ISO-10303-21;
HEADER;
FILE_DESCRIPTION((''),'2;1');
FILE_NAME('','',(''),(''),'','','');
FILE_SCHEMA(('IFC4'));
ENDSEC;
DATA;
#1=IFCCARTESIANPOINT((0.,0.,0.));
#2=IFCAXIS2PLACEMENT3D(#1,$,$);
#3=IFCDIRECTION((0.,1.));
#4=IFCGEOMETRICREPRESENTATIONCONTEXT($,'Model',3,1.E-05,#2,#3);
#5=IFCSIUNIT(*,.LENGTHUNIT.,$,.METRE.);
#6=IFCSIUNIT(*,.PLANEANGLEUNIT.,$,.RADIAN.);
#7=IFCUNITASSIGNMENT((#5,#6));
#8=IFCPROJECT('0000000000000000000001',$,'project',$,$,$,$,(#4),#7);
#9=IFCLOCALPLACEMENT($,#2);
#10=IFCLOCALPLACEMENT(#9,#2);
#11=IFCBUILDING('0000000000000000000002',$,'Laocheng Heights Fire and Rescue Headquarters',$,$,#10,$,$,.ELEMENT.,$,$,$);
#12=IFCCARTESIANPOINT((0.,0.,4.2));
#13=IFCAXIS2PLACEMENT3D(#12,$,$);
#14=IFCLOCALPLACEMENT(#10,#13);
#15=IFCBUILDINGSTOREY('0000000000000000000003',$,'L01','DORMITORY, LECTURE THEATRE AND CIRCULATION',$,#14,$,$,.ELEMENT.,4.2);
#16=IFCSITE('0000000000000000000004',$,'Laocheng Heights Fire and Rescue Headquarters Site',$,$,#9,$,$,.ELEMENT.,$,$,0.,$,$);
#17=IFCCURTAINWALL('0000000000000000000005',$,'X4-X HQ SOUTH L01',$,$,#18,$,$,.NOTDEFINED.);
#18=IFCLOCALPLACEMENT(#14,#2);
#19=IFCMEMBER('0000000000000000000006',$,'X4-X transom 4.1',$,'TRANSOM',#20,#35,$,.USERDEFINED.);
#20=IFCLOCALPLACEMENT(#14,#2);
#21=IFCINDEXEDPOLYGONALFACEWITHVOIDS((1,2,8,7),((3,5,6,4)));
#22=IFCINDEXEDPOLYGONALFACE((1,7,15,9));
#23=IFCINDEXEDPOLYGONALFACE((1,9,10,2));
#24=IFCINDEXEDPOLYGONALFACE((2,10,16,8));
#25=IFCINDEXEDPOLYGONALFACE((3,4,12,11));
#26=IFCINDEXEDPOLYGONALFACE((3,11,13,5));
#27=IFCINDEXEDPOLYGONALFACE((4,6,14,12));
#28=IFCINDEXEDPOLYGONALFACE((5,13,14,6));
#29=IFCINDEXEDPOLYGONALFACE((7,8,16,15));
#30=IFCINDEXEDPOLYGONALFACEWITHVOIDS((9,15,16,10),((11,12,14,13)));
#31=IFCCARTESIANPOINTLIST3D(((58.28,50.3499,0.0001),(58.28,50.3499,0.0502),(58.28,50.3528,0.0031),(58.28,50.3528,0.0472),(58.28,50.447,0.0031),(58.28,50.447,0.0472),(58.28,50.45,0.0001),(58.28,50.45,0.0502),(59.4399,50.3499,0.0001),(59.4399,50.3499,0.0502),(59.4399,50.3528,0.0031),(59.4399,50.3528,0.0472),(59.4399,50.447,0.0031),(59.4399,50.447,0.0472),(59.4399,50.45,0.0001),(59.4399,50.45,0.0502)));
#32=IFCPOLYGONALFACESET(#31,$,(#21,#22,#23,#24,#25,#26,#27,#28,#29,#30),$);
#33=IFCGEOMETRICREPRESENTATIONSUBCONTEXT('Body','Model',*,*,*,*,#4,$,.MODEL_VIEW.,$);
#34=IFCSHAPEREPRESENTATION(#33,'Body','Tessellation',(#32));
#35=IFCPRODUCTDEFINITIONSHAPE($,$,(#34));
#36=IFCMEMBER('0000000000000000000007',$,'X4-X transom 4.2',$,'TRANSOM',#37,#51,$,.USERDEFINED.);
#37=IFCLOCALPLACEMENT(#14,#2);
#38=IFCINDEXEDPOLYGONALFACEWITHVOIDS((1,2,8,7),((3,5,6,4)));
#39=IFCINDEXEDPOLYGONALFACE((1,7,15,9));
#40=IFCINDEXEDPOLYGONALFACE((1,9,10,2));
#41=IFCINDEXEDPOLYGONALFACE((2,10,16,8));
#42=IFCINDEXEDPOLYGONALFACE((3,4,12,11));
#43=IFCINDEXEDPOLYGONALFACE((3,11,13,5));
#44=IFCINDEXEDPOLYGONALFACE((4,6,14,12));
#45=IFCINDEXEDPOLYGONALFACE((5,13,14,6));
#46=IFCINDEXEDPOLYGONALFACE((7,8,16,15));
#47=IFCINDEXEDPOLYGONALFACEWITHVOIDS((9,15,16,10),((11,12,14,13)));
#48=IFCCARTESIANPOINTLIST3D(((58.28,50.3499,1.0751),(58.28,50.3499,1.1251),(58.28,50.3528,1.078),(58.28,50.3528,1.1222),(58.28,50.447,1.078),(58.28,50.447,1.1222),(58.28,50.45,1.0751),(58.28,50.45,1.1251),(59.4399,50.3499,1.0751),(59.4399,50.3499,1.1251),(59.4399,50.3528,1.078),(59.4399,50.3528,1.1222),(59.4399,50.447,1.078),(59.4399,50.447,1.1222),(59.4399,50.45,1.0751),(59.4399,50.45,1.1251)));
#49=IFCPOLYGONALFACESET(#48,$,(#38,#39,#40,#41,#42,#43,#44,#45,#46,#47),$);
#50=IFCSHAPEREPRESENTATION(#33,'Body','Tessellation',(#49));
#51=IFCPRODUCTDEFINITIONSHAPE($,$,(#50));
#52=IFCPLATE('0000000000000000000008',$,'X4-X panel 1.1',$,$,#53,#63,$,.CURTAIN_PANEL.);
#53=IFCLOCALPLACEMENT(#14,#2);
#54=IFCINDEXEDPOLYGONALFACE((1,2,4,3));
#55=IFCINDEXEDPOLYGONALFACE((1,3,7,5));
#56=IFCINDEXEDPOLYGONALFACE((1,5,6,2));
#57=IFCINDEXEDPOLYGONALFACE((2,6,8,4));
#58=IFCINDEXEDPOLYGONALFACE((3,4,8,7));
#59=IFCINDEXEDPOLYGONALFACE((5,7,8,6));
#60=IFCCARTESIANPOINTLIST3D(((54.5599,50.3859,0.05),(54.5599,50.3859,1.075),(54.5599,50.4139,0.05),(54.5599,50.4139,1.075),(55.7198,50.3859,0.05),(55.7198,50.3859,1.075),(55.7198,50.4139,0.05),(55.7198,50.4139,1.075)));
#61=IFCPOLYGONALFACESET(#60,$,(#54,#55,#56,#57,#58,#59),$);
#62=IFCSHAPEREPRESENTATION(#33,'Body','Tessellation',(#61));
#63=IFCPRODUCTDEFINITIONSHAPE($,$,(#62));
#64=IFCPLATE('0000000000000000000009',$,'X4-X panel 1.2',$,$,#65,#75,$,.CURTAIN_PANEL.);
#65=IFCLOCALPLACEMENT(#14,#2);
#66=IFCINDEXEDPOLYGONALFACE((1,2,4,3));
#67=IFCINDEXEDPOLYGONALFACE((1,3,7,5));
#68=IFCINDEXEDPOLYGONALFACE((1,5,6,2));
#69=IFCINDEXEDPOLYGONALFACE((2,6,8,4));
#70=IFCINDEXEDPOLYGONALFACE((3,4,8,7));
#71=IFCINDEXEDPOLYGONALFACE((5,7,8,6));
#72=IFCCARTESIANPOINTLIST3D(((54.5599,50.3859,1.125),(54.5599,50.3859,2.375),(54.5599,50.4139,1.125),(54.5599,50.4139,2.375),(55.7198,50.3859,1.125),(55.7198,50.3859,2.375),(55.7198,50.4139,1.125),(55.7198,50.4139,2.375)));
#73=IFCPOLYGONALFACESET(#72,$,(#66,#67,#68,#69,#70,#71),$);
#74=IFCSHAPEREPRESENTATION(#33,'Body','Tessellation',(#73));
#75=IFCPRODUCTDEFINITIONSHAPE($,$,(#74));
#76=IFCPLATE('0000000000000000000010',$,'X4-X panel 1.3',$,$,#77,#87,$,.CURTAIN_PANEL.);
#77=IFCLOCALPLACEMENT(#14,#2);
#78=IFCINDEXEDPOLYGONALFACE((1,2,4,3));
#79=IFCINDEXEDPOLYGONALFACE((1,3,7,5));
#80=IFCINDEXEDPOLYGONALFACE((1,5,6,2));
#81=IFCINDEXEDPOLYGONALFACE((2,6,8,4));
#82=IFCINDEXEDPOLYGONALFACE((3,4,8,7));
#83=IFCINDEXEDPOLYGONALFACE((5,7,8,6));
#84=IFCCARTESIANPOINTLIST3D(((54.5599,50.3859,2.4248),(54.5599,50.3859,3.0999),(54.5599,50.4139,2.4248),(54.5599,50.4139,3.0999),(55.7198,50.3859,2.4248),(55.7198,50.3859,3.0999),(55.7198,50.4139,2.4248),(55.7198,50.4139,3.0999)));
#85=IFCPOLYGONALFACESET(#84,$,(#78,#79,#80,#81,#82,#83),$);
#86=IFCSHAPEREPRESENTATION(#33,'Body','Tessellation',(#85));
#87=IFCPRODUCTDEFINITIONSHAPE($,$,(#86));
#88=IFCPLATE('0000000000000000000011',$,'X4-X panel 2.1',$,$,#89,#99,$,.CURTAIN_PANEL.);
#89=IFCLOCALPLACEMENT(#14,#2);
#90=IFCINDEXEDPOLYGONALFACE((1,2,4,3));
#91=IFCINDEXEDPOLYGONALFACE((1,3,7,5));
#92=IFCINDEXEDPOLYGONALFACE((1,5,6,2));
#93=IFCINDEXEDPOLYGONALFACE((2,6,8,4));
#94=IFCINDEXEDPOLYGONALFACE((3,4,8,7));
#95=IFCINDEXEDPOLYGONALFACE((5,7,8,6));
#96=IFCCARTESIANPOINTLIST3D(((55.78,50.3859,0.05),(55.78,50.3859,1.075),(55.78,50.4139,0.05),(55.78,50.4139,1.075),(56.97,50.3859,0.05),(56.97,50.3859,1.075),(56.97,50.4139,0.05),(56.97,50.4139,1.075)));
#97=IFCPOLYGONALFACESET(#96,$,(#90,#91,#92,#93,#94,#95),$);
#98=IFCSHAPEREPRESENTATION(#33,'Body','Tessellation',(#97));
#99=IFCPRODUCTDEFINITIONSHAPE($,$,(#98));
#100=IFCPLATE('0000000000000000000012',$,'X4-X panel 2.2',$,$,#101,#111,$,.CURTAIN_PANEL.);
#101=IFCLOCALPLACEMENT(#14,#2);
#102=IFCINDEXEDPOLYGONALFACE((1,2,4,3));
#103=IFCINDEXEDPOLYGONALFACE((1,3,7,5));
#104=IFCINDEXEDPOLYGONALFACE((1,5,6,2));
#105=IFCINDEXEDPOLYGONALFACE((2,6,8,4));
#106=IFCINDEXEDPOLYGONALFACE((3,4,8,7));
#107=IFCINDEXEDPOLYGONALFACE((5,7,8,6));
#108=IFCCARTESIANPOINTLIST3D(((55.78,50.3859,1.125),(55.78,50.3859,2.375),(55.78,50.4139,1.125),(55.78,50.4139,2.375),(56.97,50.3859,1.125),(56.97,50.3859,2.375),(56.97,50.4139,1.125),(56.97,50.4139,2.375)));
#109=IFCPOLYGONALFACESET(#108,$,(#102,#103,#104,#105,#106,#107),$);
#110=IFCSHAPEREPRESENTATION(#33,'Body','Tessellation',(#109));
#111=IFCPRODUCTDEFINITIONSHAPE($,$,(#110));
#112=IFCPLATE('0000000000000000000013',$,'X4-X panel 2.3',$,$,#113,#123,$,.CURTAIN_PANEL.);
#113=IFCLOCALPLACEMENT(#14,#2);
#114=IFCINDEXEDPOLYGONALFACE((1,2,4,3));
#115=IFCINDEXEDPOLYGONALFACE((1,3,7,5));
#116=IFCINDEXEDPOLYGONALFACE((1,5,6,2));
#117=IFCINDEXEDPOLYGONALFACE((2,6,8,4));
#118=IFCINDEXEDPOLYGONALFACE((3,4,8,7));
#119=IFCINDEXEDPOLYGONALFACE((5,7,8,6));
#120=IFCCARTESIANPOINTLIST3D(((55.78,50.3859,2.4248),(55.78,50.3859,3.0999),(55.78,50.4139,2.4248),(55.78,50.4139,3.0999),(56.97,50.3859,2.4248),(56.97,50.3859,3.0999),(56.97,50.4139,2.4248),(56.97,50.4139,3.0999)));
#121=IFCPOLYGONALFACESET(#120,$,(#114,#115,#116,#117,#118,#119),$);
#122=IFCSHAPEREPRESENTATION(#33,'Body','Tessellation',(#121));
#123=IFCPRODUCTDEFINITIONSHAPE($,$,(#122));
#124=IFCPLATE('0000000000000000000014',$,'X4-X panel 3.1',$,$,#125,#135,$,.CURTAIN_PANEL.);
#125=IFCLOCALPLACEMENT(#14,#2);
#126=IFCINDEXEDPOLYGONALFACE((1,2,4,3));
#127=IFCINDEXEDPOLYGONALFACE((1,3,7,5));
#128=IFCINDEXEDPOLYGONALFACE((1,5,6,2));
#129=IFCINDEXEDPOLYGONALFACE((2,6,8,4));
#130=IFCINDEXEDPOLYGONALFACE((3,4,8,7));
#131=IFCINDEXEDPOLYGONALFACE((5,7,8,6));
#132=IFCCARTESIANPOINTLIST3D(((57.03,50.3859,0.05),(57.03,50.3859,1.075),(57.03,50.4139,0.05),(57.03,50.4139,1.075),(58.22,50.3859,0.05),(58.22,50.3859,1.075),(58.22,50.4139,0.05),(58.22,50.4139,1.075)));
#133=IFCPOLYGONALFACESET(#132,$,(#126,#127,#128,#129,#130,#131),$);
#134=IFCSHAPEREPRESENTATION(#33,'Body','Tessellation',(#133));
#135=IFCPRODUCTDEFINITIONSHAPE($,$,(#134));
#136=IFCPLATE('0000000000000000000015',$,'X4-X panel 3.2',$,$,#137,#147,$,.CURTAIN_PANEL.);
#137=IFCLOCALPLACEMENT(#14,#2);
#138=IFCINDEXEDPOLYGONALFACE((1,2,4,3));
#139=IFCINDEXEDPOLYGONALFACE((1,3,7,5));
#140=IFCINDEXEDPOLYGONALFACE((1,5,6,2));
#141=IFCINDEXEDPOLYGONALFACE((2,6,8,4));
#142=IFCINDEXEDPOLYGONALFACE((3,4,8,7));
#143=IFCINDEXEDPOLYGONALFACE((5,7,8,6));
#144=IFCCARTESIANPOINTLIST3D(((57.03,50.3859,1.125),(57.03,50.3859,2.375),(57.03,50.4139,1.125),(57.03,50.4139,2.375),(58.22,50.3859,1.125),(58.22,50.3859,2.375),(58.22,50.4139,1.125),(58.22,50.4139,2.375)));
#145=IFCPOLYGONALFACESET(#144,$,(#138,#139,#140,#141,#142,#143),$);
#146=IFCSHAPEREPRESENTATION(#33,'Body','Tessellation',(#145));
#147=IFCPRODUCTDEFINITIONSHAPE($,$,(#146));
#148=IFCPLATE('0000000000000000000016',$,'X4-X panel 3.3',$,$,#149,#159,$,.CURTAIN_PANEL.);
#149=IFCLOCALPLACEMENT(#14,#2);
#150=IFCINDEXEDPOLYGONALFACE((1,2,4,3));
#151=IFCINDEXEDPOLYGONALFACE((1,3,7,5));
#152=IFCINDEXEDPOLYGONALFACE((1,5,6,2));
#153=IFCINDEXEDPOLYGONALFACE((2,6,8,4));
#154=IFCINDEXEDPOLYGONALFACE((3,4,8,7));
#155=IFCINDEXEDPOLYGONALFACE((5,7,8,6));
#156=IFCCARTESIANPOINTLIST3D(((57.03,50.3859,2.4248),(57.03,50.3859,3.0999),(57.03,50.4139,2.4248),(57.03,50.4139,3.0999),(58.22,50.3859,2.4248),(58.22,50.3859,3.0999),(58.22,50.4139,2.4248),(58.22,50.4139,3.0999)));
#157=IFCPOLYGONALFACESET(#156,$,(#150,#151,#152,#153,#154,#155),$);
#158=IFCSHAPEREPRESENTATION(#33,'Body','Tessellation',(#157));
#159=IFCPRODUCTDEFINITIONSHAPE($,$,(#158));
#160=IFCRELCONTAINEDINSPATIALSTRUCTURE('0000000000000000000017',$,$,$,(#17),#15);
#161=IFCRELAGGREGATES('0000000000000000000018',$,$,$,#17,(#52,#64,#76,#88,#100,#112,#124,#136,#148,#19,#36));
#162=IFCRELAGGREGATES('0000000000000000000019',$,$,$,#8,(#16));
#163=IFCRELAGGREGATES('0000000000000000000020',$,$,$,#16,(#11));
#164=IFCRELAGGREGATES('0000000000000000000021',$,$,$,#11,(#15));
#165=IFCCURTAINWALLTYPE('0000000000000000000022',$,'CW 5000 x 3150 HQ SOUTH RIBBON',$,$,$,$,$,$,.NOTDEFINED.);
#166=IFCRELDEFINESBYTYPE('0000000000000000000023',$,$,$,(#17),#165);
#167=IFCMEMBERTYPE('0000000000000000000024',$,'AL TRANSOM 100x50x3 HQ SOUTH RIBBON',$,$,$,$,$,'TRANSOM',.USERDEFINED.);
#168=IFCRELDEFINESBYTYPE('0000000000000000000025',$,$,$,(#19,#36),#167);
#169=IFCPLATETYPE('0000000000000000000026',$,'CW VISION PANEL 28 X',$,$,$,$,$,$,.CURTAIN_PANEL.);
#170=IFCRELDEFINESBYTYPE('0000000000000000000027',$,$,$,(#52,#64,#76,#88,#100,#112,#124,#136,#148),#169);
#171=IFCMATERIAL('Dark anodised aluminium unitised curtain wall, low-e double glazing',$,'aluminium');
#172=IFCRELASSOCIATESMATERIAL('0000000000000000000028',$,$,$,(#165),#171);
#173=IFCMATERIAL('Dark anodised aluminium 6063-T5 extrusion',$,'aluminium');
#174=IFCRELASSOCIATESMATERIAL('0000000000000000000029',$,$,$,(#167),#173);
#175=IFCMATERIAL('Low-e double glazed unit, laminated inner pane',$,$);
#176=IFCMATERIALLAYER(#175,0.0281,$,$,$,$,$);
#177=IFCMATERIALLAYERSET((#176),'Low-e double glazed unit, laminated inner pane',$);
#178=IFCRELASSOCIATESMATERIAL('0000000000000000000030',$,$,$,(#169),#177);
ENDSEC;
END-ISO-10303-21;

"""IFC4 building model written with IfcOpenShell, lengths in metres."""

from ifc_helpers import new_model, si_unit, direction, frame, origin, origin_2d, place, context, subcontext, project, spatial, rectangle, hollow_rectangle, extrude, material, layer, layer_set, material_profile, profile_set, type_object, element, aggregate, save


model = new_model("IFC4")

# Units and contexts
model_context = context("Model", 3, precision=1e-05, world=origin(), true_north=direction((0.0, 1.0)))
body_context = subcontext(model_context, "Body", "Model", "MODEL_VIEW")
ifc_project = project(units=[si_unit("LENGTHUNIT", "METRE"), si_unit("PLANEANGLEUNIT", "RADIAN")], contexts=[model_context])

# Site, building, storey
site_placement = place(None, origin())
site = spatial("IfcSite", under=ifc_project, at=site_placement, Name="Laocheng Heights Fire and Rescue Headquarters Site", CompositionType="ELEMENT", RefElevation=0.0)
building_placement = place(site_placement, origin())
building = spatial("IfcBuilding", under=site, at=building_placement, Name="Laocheng Heights Fire and Rescue Headquarters", CompositionType="ELEMENT")
storey_placement = place(building_placement, frame((0.0, 0.0, 4.2)))
storey = spatial("IfcBuildingStorey", under=building, at=storey_placement, Name="L01", Description="DORMITORY, LECTURE THEATRE AND CIRCULATION", CompositionType="ELEMENT", Elevation=4.2)

# Curtain wall, members, plates
ifc_material_1 = material(Name="Dark anodised aluminium unitised curtain wall, low-e double glazing", Category="aluminium")
curtain_wall_type = type_object("IfcCurtainWallType", Name="CW 5000 x 3150 HQ SOUTH RIBBON", PredefinedType="NOTDEFINED", material=ifc_material_1)
curtain_wall_placement = place(storey_placement, origin())
curtain_wall = element("IfcCurtainWall", 1, at=curtain_wall_placement, inside=storey, type_object=curtain_wall_type, Name="X4-X HQ SOUTH L01", PredefinedType="NOTDEFINED")
ifc_material_2 = material(Name="Dark anodised aluminium 6063-T5 extrusion", Category="aluminium")
ifc_material_profile_1 = material_profile(ifc_material_2, hollow_rectangle(XDim=0.1001, YDim=0.05, WallThickness=0.0029, at=origin_2d()), Name="AL TRANSOM 100x50x3 HQ SOUTH RIBBON")
ifc_profile_set_1 = profile_set([ifc_material_profile_1], Name="Dark anodised aluminium 6063-T5 extrusion")
member_type_1 = type_object("IfcMemberType", Name="AL TRANSOM 100x50x3 HQ SOUTH RIBBON", ElementType="TRANSOM", PredefinedType="USERDEFINED", material=ifc_profile_set_1)
member_1_placement = place(storey_placement, frame((58.28, 50.3999, 0.0251), z_axis=(1.0, 0.0, 0.0), x_axis=(0.0, 1.0, 0.0)))
member_1 = element("IfcMember", 2, at=member_1_placement, type_object=member_type_1, Name="X4-X transom 4.1", ObjectType="TRANSOM", PredefinedType="USERDEFINED", context=body_context, shape_type="SweptSolid", body=[
    extrude(hollow_rectangle(XDim=0.1001, YDim=0.05, WallThickness=0.0029, at=origin_2d()), origin(), (0.0, 0.0, 1.0), 1.1599),
])
member_2_placement = place(storey_placement, frame((58.28, 50.3999, 1.1001), z_axis=(1.0, 0.0, 0.0), x_axis=(0.0, 1.0, 0.0)))
member_2 = element("IfcMember", 3, at=member_2_placement, type_object=member_type_1, Name="X4-X transom 4.2", ObjectType="TRANSOM", PredefinedType="USERDEFINED", context=body_context, shape_type="SweptSolid", body=[
    extrude(hollow_rectangle(XDim=0.1001, YDim=0.05, WallThickness=0.0029, at=origin_2d()), origin(), (0.0, 0.0, 1.0), 1.1599),
])
ifc_material_3 = material(Name="Low-e double glazed unit, laminated inner pane")
ifc_layer = layer(ifc_material_3, 0.0281)
ifc_layer_set = layer_set([ifc_layer], Name="Low-e double glazed unit, laminated inner pane")
plate_type = type_object("IfcPlateType", Name="CW VISION PANEL 28 X", PredefinedType="CURTAIN_PANEL", material=ifc_layer_set)
plate_1_placement = place(storey_placement, frame((55.1399, 50.3999, 0.05), z_axis=(0.0, 0.0, 1.0), x_axis=(1.0, 0.0, 0.0)))
plate_1 = element("IfcPlate", 4, at=plate_1_placement, type_object=plate_type, Name="X4-X panel 1.1", PredefinedType="CURTAIN_PANEL", context=body_context, shape_type="SweptSolid", body=[
    extrude(rectangle(XDim=1.1599, YDim=0.0281, at=origin_2d()), origin(), (0.0, 0.0, 1.0), 1.0249),
])
plate_2_placement = place(storey_placement, frame((55.1399, 50.3999, 1.125), z_axis=(0.0, 0.0, 1.0), x_axis=(1.0, 0.0, 0.0)))
plate_2 = element("IfcPlate", 5, at=plate_2_placement, type_object=plate_type, Name="X4-X panel 1.2", PredefinedType="CURTAIN_PANEL", context=body_context, shape_type="SweptSolid", body=[
    extrude(rectangle(XDim=1.1599, YDim=0.0281, at=origin_2d()), origin(), (0.0, 0.0, 1.0), 1.25),
])
plate_3_placement = place(storey_placement, frame((55.1399, 50.3999, 2.4248), z_axis=(0.0, 0.0, 1.0), x_axis=(1.0, 0.0, 0.0)))
plate_3 = element("IfcPlate", 6, at=plate_3_placement, type_object=plate_type, Name="X4-X panel 1.3", PredefinedType="CURTAIN_PANEL", context=body_context, shape_type="SweptSolid", body=[
    extrude(rectangle(XDim=1.1599, YDim=0.0281, at=origin_2d()), origin(), (0.0, 0.0, 1.0), 0.675),
])
plate_4_placement = place(storey_placement, frame((56.375, 50.3999, 0.05), z_axis=(0.0, 0.0, 1.0), x_axis=(1.0, 0.0, 0.0)))
plate_4 = element("IfcPlate", 7, at=plate_4_placement, type_object=plate_type, Name="X4-X panel 2.1", PredefinedType="CURTAIN_PANEL", context=body_context, shape_type="SweptSolid", body=[
    extrude(rectangle(XDim=1.1899, YDim=0.0281, at=origin_2d()), origin(), (0.0, 0.0, 1.0), 1.0249),
])
plate_5_placement = place(storey_placement, frame((56.375, 50.3999, 1.125), z_axis=(0.0, 0.0, 1.0), x_axis=(1.0, 0.0, 0.0)))
plate_5 = element("IfcPlate", 8, at=plate_5_placement, type_object=plate_type, Name="X4-X panel 2.2", PredefinedType="CURTAIN_PANEL", context=body_context, shape_type="SweptSolid", body=[
    extrude(rectangle(XDim=1.1899, YDim=0.0281, at=origin_2d()), origin(), (0.0, 0.0, 1.0), 1.25),
])
plate_6_placement = place(storey_placement, frame((56.375, 50.3999, 2.4248), z_axis=(0.0, 0.0, 1.0), x_axis=(1.0, 0.0, 0.0)))
plate_6 = element("IfcPlate", 9, at=plate_6_placement, type_object=plate_type, Name="X4-X panel 2.3", PredefinedType="CURTAIN_PANEL", context=body_context, shape_type="SweptSolid", body=[
    extrude(rectangle(XDim=1.1899, YDim=0.0281, at=origin_2d()), origin(), (0.0, 0.0, 1.0), 0.675),
])
plate_7_placement = place(storey_placement, frame((57.625, 50.3999, 0.05), z_axis=(0.0, 0.0, 1.0), x_axis=(1.0, 0.0, 0.0)))
plate_7 = element("IfcPlate", 10, at=plate_7_placement, type_object=plate_type, Name="X4-X panel 3.1", PredefinedType="CURTAIN_PANEL", context=body_context, shape_type="SweptSolid", body=[
    extrude(rectangle(XDim=1.1899, YDim=0.0281, at=origin_2d()), origin(), (0.0, 0.0, 1.0), 1.0249),
])
plate_8_placement = place(storey_placement, frame((57.625, 50.3999, 1.125), z_axis=(0.0, 0.0, 1.0), x_axis=(1.0, 0.0, 0.0)))
plate_8 = element("IfcPlate", 11, at=plate_8_placement, type_object=plate_type, Name="X4-X panel 3.2", PredefinedType="CURTAIN_PANEL", context=body_context, shape_type="SweptSolid", body=[
    extrude(rectangle(XDim=1.1899, YDim=0.0281, at=origin_2d()), origin(), (0.0, 0.0, 1.0), 1.25),
])
plate_9_placement = place(storey_placement, frame((57.625, 50.3999, 2.4248), z_axis=(0.0, 0.0, 1.0), x_axis=(1.0, 0.0, 0.0)))
plate_9 = element("IfcPlate", 12, at=plate_9_placement, type_object=plate_type, Name="X4-X panel 3.3", PredefinedType="CURTAIN_PANEL", context=body_context, shape_type="SweptSolid", body=[
    extrude(rectangle(XDim=1.1899, YDim=0.0281, at=origin_2d()), origin(), (0.0, 0.0, 1.0), 0.675),
])
aggregate(curtain_wall, [plate_1, plate_2, plate_3, plate_4, plate_5, plate_6, plate_7, plate_8, plate_9, member_1, member_2])

save(model, "model.ifc")
